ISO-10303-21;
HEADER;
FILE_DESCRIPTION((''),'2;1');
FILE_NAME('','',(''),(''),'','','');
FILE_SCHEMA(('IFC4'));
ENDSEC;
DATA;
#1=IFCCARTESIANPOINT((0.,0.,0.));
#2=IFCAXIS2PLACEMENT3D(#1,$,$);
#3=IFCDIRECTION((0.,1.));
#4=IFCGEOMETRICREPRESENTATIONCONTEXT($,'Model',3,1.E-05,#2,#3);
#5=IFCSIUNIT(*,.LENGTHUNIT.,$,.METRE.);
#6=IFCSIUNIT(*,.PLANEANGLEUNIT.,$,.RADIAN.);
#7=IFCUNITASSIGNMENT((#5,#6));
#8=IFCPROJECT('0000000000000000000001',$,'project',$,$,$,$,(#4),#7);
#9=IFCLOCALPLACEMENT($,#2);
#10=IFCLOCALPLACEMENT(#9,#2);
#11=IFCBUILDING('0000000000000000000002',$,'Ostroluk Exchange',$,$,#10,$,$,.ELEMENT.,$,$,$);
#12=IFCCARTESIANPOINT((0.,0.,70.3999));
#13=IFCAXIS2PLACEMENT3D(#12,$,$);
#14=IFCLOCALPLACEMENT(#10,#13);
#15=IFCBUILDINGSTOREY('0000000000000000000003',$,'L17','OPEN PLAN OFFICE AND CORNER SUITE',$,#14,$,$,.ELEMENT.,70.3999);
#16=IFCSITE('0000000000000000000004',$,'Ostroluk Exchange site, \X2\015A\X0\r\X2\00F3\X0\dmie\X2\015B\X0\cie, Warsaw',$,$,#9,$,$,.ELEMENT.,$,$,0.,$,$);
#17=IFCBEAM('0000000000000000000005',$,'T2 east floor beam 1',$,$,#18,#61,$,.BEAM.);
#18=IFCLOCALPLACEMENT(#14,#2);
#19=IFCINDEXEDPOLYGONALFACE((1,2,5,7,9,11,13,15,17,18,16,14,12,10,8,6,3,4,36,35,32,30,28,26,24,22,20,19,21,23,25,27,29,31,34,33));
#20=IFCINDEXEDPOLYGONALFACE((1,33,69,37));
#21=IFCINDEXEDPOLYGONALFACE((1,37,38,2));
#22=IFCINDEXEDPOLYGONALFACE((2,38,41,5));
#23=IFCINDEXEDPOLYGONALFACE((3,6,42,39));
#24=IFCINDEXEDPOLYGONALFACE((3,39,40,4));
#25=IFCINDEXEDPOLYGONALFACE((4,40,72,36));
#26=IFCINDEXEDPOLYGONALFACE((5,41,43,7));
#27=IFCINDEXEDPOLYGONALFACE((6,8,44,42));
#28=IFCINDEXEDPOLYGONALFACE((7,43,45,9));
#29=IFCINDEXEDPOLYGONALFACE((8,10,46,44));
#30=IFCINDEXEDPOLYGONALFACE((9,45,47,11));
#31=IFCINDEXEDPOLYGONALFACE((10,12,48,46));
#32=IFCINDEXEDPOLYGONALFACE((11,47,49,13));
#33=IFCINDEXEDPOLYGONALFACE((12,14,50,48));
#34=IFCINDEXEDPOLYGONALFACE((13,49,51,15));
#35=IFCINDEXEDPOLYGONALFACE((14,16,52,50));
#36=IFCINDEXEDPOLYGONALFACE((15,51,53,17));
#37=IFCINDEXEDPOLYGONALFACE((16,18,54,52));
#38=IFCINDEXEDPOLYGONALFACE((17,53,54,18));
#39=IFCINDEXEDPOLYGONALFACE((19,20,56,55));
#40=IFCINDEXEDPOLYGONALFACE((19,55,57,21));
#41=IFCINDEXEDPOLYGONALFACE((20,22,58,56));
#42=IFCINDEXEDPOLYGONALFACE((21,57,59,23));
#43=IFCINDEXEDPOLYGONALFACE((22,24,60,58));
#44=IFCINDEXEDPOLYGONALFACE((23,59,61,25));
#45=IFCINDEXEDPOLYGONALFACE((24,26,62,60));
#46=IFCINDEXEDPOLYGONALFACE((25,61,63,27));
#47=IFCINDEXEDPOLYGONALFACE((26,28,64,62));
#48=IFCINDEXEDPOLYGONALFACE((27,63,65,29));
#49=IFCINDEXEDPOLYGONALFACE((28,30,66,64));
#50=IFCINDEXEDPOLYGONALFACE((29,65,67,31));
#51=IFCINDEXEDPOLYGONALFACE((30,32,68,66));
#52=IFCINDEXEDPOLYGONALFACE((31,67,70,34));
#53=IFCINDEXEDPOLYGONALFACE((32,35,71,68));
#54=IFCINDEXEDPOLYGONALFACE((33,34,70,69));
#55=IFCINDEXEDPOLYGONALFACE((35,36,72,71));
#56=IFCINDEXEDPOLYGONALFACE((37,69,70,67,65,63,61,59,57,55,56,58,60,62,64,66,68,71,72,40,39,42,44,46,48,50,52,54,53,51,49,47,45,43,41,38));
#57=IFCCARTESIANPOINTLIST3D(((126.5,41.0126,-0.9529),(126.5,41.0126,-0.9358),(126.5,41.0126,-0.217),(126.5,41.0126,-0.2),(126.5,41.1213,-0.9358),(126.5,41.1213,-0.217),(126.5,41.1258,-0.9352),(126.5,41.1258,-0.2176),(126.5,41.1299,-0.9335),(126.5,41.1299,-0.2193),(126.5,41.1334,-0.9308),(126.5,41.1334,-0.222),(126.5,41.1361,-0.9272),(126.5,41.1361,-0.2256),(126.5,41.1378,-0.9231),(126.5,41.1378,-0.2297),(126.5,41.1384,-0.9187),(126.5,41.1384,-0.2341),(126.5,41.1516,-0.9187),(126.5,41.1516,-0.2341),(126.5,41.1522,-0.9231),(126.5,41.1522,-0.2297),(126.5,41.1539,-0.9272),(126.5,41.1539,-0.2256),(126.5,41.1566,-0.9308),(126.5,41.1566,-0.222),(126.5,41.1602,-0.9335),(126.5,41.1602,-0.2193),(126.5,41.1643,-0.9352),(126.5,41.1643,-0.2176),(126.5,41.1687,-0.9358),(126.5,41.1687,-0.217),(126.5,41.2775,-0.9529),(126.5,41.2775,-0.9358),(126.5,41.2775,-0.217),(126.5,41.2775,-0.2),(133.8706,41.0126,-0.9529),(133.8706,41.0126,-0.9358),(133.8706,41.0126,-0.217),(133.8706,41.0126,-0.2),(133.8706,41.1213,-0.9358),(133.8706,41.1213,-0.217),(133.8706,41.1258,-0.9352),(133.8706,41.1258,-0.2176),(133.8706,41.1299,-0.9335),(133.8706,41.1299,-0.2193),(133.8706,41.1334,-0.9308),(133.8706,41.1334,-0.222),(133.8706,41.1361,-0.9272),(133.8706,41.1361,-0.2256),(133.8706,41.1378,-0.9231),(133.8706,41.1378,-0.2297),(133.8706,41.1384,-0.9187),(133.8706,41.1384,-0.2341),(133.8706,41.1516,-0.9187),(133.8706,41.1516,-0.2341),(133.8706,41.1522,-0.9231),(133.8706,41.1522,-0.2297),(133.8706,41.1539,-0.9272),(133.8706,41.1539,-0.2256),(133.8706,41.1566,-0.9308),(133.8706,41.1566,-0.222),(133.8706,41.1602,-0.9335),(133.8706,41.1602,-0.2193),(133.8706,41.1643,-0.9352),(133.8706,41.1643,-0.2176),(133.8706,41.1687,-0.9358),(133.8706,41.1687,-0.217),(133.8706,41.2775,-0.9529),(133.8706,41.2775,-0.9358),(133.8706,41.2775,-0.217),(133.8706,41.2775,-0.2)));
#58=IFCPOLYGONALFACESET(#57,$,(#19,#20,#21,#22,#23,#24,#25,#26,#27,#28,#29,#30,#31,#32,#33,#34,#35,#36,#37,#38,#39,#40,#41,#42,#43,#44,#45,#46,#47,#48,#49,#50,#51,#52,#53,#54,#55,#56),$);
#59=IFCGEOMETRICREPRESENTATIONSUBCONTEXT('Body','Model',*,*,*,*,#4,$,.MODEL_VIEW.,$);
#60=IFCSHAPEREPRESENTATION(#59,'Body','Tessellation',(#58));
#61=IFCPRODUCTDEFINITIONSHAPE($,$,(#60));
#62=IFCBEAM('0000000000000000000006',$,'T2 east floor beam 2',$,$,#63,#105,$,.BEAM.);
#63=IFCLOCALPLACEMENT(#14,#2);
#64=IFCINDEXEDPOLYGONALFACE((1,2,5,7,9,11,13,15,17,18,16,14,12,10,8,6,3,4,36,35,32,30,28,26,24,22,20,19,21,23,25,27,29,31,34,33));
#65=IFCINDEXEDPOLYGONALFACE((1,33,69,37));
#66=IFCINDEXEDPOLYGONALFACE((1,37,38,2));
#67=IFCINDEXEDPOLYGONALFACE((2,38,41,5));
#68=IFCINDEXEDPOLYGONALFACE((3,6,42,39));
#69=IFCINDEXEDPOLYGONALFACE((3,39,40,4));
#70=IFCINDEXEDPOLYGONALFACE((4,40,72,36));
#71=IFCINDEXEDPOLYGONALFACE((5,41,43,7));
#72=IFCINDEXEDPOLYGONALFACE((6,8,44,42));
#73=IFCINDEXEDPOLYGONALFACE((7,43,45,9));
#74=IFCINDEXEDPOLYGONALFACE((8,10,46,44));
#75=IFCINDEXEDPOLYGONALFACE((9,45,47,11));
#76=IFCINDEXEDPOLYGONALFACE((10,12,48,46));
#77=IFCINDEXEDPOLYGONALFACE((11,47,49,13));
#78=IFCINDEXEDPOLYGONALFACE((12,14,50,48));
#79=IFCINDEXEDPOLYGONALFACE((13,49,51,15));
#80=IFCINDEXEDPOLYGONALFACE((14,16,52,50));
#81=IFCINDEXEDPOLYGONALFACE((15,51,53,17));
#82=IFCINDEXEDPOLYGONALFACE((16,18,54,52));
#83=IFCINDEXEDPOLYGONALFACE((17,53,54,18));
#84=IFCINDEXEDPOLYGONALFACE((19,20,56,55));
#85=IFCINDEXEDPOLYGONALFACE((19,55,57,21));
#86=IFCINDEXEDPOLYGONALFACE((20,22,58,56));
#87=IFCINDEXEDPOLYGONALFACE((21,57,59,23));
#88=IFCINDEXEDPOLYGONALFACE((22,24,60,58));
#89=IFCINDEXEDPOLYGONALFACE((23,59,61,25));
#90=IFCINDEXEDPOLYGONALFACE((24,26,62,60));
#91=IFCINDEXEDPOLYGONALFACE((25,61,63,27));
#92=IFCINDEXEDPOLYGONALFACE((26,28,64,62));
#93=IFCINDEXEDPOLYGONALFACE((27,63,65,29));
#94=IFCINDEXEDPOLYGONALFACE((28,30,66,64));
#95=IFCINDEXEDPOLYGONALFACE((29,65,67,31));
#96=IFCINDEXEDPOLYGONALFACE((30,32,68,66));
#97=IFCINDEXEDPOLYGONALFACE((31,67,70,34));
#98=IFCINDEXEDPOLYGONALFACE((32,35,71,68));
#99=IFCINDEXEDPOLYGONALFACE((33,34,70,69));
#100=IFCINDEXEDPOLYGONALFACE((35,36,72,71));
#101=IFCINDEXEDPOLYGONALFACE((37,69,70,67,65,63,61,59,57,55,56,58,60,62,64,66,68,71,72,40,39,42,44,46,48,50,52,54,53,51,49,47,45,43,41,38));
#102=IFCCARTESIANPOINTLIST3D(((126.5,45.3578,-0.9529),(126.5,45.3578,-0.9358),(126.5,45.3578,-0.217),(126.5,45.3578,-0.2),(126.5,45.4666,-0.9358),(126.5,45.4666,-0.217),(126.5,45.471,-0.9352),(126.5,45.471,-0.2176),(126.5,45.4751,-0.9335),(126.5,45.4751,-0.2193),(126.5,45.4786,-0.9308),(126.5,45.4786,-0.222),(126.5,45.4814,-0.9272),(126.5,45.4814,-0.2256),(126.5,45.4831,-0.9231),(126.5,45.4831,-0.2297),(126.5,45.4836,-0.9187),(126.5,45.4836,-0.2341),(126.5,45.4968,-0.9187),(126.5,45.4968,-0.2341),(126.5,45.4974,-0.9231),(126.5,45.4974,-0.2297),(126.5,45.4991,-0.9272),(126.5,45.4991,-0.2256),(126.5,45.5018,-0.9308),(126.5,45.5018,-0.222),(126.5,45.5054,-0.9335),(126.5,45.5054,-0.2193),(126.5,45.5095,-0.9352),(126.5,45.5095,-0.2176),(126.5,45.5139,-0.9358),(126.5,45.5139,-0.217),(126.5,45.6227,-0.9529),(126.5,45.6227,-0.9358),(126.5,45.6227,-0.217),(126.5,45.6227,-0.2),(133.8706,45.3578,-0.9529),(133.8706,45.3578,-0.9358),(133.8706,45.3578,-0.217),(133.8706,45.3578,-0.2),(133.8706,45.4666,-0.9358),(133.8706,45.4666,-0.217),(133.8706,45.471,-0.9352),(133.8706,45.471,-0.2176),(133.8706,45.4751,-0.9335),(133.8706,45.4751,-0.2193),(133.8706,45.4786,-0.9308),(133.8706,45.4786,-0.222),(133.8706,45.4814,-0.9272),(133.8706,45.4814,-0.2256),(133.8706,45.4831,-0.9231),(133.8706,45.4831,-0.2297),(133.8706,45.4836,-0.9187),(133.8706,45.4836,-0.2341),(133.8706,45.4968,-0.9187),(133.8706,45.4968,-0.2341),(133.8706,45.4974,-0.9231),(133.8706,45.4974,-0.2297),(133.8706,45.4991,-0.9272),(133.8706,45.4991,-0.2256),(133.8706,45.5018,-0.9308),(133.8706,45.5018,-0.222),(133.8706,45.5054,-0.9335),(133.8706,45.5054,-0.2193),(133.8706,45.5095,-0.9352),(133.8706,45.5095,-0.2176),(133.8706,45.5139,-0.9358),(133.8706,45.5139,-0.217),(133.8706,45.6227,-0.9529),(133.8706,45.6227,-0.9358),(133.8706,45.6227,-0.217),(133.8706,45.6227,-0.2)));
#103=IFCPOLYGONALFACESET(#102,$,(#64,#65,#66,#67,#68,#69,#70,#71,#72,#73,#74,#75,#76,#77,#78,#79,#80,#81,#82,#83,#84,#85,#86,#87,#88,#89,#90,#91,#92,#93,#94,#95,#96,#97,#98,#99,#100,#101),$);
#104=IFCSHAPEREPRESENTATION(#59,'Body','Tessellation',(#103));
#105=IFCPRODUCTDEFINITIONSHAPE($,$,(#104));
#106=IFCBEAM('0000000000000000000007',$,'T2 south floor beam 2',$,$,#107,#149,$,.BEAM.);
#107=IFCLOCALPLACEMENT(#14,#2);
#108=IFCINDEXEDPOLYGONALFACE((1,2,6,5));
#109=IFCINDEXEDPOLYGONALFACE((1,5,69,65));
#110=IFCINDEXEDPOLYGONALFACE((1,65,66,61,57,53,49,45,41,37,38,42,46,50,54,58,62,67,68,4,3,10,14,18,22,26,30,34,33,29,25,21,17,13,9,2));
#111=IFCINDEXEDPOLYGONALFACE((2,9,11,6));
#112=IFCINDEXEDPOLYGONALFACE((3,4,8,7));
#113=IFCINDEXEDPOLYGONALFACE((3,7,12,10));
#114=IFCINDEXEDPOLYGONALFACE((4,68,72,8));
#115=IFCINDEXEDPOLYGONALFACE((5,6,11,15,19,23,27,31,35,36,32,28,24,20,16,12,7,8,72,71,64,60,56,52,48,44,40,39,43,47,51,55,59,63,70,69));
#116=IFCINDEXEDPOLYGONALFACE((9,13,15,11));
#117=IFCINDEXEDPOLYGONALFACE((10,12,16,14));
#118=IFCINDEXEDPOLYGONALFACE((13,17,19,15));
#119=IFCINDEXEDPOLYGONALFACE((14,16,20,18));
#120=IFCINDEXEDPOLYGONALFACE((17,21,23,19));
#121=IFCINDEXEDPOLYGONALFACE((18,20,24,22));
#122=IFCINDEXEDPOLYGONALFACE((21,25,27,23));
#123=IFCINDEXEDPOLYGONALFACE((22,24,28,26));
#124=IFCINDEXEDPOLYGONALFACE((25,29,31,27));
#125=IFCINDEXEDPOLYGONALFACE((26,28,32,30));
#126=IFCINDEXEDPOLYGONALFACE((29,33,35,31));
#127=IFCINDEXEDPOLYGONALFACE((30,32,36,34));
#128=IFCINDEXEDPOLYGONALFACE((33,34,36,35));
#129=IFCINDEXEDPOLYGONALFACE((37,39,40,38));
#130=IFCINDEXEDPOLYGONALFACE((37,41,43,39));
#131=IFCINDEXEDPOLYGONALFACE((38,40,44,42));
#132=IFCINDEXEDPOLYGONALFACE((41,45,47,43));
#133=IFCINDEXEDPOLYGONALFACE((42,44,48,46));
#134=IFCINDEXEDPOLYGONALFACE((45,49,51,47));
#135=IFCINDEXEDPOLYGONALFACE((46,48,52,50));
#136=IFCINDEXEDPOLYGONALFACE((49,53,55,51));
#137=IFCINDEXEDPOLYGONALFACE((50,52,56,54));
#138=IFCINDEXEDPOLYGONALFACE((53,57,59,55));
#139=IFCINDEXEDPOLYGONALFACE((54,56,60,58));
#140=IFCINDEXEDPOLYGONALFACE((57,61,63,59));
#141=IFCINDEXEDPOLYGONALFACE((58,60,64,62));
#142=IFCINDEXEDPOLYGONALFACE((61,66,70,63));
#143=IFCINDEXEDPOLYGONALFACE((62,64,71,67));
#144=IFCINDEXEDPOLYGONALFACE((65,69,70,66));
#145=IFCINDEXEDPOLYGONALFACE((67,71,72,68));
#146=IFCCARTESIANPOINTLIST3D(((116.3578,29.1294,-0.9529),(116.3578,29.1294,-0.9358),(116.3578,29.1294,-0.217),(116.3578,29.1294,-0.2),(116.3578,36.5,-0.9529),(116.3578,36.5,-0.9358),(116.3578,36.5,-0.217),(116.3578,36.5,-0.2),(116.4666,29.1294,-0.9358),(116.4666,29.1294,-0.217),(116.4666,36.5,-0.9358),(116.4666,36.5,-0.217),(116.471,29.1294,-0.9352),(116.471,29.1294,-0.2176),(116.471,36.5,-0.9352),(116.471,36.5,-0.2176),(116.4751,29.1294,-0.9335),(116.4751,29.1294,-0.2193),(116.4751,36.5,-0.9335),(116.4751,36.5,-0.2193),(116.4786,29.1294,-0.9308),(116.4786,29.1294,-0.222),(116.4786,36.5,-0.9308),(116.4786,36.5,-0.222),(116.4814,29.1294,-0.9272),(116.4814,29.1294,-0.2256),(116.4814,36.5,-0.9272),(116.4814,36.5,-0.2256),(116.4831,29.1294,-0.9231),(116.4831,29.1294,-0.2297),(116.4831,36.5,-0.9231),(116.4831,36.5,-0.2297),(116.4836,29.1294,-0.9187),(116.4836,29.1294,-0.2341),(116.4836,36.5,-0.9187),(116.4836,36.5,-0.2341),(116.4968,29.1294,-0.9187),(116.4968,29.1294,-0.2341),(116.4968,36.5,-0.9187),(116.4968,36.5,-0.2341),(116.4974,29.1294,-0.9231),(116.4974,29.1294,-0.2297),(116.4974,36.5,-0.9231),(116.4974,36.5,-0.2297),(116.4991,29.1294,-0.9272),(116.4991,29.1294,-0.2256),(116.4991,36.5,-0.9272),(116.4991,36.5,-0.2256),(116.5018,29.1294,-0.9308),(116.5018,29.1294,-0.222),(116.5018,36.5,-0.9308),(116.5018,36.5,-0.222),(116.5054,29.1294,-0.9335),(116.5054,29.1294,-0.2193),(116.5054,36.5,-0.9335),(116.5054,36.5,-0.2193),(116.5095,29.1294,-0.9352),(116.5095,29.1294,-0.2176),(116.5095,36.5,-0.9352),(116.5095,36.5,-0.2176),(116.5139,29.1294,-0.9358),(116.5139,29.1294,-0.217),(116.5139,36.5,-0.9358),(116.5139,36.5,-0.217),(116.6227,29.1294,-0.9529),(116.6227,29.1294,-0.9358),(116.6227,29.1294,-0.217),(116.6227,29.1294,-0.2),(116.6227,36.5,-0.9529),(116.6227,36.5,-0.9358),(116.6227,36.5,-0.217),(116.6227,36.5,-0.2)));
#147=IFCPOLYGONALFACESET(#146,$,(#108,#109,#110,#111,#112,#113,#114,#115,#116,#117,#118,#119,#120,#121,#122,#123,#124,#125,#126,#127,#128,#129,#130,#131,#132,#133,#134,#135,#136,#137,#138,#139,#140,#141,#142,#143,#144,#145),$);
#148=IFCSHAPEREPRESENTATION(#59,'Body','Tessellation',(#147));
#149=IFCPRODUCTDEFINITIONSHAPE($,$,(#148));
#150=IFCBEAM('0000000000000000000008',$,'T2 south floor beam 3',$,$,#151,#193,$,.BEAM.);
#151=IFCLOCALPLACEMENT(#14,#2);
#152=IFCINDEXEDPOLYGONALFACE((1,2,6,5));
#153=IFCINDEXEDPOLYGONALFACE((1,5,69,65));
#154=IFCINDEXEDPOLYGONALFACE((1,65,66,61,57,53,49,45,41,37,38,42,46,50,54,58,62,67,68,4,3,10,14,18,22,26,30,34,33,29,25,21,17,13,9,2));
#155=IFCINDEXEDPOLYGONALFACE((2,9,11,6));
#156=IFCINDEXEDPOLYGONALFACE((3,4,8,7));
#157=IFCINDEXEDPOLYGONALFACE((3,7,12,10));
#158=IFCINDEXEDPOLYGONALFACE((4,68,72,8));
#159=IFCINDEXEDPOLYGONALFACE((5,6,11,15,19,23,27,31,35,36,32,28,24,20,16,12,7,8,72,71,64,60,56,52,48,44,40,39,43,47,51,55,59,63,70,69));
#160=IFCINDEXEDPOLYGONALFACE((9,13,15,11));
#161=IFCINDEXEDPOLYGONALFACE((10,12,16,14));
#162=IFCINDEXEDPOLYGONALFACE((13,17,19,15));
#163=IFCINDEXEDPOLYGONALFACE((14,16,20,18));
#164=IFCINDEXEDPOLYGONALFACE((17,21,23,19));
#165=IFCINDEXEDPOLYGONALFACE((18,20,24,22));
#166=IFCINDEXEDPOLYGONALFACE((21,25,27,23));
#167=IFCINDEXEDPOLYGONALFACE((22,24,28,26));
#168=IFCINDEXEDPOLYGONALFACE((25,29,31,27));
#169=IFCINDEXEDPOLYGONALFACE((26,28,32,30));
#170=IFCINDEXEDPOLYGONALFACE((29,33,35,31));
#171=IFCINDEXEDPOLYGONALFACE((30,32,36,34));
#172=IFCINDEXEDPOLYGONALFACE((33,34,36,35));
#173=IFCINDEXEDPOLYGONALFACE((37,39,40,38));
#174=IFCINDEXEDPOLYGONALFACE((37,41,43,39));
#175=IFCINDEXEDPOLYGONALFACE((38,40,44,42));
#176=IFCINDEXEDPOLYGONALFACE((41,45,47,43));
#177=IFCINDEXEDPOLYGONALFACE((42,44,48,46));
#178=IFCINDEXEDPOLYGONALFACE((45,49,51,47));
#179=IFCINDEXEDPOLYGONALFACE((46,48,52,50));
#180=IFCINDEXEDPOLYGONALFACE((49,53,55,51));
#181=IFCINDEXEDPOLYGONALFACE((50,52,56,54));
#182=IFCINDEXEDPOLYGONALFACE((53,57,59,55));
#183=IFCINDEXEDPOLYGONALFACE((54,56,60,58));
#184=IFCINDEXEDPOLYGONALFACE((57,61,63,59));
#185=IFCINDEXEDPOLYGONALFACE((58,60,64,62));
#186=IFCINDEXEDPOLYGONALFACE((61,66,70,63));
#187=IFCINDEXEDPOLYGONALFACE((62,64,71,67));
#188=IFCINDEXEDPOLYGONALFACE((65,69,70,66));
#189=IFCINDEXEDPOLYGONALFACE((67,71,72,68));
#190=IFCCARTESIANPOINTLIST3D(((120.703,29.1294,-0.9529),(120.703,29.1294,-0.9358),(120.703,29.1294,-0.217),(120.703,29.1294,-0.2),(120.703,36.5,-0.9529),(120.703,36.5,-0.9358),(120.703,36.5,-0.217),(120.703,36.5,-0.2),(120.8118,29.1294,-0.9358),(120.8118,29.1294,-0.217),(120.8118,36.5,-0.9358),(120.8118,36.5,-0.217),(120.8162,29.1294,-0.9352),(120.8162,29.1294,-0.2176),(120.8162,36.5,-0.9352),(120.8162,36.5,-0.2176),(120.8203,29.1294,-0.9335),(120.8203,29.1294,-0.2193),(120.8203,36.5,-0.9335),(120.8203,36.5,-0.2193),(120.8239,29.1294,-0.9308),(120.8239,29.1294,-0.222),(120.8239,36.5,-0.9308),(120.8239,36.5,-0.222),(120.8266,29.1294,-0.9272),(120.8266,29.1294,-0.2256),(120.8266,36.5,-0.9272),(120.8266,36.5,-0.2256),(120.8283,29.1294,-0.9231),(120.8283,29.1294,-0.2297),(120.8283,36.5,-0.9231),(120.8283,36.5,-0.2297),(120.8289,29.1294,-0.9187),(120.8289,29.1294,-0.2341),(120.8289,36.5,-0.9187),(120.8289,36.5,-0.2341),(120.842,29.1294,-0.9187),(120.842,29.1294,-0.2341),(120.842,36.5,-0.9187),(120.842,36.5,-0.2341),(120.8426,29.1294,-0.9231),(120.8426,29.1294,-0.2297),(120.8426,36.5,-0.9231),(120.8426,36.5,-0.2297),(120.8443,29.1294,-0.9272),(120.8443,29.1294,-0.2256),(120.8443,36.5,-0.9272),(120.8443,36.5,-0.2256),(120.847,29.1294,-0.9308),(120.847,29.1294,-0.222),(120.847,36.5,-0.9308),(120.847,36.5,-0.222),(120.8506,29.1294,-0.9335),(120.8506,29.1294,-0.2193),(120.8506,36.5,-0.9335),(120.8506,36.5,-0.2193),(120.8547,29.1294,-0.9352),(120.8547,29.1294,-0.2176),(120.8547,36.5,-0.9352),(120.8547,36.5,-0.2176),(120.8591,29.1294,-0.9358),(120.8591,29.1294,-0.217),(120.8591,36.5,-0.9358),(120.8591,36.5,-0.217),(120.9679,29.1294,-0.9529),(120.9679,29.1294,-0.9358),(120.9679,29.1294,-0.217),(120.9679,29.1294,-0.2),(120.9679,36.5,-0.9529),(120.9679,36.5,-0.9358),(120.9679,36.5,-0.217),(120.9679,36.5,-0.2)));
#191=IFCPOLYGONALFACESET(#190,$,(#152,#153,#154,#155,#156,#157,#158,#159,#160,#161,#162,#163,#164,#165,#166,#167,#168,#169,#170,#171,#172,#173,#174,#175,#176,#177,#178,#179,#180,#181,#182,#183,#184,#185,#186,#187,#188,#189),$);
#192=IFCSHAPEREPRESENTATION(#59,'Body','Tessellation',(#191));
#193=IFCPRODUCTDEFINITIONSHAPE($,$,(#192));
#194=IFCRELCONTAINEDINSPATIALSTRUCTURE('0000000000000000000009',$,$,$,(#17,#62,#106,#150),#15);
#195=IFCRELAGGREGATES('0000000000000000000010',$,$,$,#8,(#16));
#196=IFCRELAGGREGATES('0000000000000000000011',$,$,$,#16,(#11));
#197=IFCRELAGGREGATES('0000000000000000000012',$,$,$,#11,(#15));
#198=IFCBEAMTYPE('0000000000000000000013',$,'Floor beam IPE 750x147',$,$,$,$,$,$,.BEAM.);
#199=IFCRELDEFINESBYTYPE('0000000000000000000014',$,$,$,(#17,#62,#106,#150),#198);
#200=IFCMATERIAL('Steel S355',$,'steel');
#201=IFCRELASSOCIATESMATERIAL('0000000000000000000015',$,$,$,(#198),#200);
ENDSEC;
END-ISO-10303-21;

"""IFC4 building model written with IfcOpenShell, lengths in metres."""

from ifc_helpers import new_model, si_unit, direction, frame, origin, origin_2d, place, context, subcontext, project, spatial, i_section, extrude, material, material_profile, profile_set, type_object, element, save


model = new_model("IFC4")

# Units and contexts
model_context = context("Model", 3, precision=1e-05, world=origin(), true_north=direction((0.0, 1.0)))
body_context = subcontext(model_context, "Body", "Model", "MODEL_VIEW")
ifc_project = project(units=[si_unit("LENGTHUNIT", "METRE"), si_unit("PLANEANGLEUNIT", "RADIAN")], contexts=[model_context])

# Site, building, storey
site_placement = place(None, origin())
site = spatial("IfcSite", under=ifc_project, at=site_placement, Name="Ostroluk Exchange site, Śródmieście, Warsaw", CompositionType="ELEMENT", RefElevation=0.0)
building_placement = place(site_placement, origin())
building = spatial("IfcBuilding", under=site, at=building_placement, Name="Ostroluk Exchange", CompositionType="ELEMENT")
storey_placement = place(building_placement, frame((0.0, 0.0, 70.3999)))
storey = spatial("IfcBuildingStorey", under=building, at=storey_placement, Name="L17", Description="OPEN PLAN OFFICE AND CORNER SUITE", CompositionType="ELEMENT", Elevation=70.3999)

# Beams
ifc_material_1 = material(Name="Steel S355", Category="steel")
ifc_material_profile_1 = material_profile(ifc_material_1, i_section(OverallWidth=0.2649, OverallDepth=0.7529, WebThickness=0.0132, FlangeThickness=0.0171, FilletRadius=0.0171, at=origin_2d()), Name="IPE 750x147")
ifc_profile_set_1 = profile_set([ifc_material_profile_1], Name="Steel S355")
beam_type_1 = type_object("IfcBeamType", Name="Floor beam IPE 750x147", PredefinedType="BEAM", material=ifc_profile_set_1)
for number, where, z_axis, x_axis, name in (
    (1, (126.5, 41.145, -0.5764), (1.0, 0.0, 0.0), (0.0, 1.0, 0.0), "T2 east floor beam 1"),
    (2, (126.5, 45.4902, -0.5764), (1.0, 0.0, 0.0), (0.0, 1.0, 0.0), "T2 east floor beam 2"),
    (3, (116.4902, 36.5, -0.5764), (0.0, -1.0, 0.0), (1.0, 0.0, 0.0), "T2 south floor beam 2"),
    (4, (120.8354, 36.5, -0.5764), (0.0, -1.0, 0.0), (1.0, 0.0, 0.0), "T2 south floor beam 3"),
):
    element("IfcBeam", number, at=place(storey_placement, frame(where, z_axis=z_axis, x_axis=x_axis)), inside=storey, type_object=beam_type_1, Name=name, PredefinedType="BEAM", context=body_context, shape_type="SweptSolid", body=[
        extrude(i_section(OverallWidth=0.2649, OverallDepth=0.7529, WebThickness=0.0132, FlangeThickness=0.0171, FilletRadius=0.0171, at=origin_2d()), origin(), (0.0, 0.0, 1.0), 7.3706),
    ])

save(model, "model.ifc")
